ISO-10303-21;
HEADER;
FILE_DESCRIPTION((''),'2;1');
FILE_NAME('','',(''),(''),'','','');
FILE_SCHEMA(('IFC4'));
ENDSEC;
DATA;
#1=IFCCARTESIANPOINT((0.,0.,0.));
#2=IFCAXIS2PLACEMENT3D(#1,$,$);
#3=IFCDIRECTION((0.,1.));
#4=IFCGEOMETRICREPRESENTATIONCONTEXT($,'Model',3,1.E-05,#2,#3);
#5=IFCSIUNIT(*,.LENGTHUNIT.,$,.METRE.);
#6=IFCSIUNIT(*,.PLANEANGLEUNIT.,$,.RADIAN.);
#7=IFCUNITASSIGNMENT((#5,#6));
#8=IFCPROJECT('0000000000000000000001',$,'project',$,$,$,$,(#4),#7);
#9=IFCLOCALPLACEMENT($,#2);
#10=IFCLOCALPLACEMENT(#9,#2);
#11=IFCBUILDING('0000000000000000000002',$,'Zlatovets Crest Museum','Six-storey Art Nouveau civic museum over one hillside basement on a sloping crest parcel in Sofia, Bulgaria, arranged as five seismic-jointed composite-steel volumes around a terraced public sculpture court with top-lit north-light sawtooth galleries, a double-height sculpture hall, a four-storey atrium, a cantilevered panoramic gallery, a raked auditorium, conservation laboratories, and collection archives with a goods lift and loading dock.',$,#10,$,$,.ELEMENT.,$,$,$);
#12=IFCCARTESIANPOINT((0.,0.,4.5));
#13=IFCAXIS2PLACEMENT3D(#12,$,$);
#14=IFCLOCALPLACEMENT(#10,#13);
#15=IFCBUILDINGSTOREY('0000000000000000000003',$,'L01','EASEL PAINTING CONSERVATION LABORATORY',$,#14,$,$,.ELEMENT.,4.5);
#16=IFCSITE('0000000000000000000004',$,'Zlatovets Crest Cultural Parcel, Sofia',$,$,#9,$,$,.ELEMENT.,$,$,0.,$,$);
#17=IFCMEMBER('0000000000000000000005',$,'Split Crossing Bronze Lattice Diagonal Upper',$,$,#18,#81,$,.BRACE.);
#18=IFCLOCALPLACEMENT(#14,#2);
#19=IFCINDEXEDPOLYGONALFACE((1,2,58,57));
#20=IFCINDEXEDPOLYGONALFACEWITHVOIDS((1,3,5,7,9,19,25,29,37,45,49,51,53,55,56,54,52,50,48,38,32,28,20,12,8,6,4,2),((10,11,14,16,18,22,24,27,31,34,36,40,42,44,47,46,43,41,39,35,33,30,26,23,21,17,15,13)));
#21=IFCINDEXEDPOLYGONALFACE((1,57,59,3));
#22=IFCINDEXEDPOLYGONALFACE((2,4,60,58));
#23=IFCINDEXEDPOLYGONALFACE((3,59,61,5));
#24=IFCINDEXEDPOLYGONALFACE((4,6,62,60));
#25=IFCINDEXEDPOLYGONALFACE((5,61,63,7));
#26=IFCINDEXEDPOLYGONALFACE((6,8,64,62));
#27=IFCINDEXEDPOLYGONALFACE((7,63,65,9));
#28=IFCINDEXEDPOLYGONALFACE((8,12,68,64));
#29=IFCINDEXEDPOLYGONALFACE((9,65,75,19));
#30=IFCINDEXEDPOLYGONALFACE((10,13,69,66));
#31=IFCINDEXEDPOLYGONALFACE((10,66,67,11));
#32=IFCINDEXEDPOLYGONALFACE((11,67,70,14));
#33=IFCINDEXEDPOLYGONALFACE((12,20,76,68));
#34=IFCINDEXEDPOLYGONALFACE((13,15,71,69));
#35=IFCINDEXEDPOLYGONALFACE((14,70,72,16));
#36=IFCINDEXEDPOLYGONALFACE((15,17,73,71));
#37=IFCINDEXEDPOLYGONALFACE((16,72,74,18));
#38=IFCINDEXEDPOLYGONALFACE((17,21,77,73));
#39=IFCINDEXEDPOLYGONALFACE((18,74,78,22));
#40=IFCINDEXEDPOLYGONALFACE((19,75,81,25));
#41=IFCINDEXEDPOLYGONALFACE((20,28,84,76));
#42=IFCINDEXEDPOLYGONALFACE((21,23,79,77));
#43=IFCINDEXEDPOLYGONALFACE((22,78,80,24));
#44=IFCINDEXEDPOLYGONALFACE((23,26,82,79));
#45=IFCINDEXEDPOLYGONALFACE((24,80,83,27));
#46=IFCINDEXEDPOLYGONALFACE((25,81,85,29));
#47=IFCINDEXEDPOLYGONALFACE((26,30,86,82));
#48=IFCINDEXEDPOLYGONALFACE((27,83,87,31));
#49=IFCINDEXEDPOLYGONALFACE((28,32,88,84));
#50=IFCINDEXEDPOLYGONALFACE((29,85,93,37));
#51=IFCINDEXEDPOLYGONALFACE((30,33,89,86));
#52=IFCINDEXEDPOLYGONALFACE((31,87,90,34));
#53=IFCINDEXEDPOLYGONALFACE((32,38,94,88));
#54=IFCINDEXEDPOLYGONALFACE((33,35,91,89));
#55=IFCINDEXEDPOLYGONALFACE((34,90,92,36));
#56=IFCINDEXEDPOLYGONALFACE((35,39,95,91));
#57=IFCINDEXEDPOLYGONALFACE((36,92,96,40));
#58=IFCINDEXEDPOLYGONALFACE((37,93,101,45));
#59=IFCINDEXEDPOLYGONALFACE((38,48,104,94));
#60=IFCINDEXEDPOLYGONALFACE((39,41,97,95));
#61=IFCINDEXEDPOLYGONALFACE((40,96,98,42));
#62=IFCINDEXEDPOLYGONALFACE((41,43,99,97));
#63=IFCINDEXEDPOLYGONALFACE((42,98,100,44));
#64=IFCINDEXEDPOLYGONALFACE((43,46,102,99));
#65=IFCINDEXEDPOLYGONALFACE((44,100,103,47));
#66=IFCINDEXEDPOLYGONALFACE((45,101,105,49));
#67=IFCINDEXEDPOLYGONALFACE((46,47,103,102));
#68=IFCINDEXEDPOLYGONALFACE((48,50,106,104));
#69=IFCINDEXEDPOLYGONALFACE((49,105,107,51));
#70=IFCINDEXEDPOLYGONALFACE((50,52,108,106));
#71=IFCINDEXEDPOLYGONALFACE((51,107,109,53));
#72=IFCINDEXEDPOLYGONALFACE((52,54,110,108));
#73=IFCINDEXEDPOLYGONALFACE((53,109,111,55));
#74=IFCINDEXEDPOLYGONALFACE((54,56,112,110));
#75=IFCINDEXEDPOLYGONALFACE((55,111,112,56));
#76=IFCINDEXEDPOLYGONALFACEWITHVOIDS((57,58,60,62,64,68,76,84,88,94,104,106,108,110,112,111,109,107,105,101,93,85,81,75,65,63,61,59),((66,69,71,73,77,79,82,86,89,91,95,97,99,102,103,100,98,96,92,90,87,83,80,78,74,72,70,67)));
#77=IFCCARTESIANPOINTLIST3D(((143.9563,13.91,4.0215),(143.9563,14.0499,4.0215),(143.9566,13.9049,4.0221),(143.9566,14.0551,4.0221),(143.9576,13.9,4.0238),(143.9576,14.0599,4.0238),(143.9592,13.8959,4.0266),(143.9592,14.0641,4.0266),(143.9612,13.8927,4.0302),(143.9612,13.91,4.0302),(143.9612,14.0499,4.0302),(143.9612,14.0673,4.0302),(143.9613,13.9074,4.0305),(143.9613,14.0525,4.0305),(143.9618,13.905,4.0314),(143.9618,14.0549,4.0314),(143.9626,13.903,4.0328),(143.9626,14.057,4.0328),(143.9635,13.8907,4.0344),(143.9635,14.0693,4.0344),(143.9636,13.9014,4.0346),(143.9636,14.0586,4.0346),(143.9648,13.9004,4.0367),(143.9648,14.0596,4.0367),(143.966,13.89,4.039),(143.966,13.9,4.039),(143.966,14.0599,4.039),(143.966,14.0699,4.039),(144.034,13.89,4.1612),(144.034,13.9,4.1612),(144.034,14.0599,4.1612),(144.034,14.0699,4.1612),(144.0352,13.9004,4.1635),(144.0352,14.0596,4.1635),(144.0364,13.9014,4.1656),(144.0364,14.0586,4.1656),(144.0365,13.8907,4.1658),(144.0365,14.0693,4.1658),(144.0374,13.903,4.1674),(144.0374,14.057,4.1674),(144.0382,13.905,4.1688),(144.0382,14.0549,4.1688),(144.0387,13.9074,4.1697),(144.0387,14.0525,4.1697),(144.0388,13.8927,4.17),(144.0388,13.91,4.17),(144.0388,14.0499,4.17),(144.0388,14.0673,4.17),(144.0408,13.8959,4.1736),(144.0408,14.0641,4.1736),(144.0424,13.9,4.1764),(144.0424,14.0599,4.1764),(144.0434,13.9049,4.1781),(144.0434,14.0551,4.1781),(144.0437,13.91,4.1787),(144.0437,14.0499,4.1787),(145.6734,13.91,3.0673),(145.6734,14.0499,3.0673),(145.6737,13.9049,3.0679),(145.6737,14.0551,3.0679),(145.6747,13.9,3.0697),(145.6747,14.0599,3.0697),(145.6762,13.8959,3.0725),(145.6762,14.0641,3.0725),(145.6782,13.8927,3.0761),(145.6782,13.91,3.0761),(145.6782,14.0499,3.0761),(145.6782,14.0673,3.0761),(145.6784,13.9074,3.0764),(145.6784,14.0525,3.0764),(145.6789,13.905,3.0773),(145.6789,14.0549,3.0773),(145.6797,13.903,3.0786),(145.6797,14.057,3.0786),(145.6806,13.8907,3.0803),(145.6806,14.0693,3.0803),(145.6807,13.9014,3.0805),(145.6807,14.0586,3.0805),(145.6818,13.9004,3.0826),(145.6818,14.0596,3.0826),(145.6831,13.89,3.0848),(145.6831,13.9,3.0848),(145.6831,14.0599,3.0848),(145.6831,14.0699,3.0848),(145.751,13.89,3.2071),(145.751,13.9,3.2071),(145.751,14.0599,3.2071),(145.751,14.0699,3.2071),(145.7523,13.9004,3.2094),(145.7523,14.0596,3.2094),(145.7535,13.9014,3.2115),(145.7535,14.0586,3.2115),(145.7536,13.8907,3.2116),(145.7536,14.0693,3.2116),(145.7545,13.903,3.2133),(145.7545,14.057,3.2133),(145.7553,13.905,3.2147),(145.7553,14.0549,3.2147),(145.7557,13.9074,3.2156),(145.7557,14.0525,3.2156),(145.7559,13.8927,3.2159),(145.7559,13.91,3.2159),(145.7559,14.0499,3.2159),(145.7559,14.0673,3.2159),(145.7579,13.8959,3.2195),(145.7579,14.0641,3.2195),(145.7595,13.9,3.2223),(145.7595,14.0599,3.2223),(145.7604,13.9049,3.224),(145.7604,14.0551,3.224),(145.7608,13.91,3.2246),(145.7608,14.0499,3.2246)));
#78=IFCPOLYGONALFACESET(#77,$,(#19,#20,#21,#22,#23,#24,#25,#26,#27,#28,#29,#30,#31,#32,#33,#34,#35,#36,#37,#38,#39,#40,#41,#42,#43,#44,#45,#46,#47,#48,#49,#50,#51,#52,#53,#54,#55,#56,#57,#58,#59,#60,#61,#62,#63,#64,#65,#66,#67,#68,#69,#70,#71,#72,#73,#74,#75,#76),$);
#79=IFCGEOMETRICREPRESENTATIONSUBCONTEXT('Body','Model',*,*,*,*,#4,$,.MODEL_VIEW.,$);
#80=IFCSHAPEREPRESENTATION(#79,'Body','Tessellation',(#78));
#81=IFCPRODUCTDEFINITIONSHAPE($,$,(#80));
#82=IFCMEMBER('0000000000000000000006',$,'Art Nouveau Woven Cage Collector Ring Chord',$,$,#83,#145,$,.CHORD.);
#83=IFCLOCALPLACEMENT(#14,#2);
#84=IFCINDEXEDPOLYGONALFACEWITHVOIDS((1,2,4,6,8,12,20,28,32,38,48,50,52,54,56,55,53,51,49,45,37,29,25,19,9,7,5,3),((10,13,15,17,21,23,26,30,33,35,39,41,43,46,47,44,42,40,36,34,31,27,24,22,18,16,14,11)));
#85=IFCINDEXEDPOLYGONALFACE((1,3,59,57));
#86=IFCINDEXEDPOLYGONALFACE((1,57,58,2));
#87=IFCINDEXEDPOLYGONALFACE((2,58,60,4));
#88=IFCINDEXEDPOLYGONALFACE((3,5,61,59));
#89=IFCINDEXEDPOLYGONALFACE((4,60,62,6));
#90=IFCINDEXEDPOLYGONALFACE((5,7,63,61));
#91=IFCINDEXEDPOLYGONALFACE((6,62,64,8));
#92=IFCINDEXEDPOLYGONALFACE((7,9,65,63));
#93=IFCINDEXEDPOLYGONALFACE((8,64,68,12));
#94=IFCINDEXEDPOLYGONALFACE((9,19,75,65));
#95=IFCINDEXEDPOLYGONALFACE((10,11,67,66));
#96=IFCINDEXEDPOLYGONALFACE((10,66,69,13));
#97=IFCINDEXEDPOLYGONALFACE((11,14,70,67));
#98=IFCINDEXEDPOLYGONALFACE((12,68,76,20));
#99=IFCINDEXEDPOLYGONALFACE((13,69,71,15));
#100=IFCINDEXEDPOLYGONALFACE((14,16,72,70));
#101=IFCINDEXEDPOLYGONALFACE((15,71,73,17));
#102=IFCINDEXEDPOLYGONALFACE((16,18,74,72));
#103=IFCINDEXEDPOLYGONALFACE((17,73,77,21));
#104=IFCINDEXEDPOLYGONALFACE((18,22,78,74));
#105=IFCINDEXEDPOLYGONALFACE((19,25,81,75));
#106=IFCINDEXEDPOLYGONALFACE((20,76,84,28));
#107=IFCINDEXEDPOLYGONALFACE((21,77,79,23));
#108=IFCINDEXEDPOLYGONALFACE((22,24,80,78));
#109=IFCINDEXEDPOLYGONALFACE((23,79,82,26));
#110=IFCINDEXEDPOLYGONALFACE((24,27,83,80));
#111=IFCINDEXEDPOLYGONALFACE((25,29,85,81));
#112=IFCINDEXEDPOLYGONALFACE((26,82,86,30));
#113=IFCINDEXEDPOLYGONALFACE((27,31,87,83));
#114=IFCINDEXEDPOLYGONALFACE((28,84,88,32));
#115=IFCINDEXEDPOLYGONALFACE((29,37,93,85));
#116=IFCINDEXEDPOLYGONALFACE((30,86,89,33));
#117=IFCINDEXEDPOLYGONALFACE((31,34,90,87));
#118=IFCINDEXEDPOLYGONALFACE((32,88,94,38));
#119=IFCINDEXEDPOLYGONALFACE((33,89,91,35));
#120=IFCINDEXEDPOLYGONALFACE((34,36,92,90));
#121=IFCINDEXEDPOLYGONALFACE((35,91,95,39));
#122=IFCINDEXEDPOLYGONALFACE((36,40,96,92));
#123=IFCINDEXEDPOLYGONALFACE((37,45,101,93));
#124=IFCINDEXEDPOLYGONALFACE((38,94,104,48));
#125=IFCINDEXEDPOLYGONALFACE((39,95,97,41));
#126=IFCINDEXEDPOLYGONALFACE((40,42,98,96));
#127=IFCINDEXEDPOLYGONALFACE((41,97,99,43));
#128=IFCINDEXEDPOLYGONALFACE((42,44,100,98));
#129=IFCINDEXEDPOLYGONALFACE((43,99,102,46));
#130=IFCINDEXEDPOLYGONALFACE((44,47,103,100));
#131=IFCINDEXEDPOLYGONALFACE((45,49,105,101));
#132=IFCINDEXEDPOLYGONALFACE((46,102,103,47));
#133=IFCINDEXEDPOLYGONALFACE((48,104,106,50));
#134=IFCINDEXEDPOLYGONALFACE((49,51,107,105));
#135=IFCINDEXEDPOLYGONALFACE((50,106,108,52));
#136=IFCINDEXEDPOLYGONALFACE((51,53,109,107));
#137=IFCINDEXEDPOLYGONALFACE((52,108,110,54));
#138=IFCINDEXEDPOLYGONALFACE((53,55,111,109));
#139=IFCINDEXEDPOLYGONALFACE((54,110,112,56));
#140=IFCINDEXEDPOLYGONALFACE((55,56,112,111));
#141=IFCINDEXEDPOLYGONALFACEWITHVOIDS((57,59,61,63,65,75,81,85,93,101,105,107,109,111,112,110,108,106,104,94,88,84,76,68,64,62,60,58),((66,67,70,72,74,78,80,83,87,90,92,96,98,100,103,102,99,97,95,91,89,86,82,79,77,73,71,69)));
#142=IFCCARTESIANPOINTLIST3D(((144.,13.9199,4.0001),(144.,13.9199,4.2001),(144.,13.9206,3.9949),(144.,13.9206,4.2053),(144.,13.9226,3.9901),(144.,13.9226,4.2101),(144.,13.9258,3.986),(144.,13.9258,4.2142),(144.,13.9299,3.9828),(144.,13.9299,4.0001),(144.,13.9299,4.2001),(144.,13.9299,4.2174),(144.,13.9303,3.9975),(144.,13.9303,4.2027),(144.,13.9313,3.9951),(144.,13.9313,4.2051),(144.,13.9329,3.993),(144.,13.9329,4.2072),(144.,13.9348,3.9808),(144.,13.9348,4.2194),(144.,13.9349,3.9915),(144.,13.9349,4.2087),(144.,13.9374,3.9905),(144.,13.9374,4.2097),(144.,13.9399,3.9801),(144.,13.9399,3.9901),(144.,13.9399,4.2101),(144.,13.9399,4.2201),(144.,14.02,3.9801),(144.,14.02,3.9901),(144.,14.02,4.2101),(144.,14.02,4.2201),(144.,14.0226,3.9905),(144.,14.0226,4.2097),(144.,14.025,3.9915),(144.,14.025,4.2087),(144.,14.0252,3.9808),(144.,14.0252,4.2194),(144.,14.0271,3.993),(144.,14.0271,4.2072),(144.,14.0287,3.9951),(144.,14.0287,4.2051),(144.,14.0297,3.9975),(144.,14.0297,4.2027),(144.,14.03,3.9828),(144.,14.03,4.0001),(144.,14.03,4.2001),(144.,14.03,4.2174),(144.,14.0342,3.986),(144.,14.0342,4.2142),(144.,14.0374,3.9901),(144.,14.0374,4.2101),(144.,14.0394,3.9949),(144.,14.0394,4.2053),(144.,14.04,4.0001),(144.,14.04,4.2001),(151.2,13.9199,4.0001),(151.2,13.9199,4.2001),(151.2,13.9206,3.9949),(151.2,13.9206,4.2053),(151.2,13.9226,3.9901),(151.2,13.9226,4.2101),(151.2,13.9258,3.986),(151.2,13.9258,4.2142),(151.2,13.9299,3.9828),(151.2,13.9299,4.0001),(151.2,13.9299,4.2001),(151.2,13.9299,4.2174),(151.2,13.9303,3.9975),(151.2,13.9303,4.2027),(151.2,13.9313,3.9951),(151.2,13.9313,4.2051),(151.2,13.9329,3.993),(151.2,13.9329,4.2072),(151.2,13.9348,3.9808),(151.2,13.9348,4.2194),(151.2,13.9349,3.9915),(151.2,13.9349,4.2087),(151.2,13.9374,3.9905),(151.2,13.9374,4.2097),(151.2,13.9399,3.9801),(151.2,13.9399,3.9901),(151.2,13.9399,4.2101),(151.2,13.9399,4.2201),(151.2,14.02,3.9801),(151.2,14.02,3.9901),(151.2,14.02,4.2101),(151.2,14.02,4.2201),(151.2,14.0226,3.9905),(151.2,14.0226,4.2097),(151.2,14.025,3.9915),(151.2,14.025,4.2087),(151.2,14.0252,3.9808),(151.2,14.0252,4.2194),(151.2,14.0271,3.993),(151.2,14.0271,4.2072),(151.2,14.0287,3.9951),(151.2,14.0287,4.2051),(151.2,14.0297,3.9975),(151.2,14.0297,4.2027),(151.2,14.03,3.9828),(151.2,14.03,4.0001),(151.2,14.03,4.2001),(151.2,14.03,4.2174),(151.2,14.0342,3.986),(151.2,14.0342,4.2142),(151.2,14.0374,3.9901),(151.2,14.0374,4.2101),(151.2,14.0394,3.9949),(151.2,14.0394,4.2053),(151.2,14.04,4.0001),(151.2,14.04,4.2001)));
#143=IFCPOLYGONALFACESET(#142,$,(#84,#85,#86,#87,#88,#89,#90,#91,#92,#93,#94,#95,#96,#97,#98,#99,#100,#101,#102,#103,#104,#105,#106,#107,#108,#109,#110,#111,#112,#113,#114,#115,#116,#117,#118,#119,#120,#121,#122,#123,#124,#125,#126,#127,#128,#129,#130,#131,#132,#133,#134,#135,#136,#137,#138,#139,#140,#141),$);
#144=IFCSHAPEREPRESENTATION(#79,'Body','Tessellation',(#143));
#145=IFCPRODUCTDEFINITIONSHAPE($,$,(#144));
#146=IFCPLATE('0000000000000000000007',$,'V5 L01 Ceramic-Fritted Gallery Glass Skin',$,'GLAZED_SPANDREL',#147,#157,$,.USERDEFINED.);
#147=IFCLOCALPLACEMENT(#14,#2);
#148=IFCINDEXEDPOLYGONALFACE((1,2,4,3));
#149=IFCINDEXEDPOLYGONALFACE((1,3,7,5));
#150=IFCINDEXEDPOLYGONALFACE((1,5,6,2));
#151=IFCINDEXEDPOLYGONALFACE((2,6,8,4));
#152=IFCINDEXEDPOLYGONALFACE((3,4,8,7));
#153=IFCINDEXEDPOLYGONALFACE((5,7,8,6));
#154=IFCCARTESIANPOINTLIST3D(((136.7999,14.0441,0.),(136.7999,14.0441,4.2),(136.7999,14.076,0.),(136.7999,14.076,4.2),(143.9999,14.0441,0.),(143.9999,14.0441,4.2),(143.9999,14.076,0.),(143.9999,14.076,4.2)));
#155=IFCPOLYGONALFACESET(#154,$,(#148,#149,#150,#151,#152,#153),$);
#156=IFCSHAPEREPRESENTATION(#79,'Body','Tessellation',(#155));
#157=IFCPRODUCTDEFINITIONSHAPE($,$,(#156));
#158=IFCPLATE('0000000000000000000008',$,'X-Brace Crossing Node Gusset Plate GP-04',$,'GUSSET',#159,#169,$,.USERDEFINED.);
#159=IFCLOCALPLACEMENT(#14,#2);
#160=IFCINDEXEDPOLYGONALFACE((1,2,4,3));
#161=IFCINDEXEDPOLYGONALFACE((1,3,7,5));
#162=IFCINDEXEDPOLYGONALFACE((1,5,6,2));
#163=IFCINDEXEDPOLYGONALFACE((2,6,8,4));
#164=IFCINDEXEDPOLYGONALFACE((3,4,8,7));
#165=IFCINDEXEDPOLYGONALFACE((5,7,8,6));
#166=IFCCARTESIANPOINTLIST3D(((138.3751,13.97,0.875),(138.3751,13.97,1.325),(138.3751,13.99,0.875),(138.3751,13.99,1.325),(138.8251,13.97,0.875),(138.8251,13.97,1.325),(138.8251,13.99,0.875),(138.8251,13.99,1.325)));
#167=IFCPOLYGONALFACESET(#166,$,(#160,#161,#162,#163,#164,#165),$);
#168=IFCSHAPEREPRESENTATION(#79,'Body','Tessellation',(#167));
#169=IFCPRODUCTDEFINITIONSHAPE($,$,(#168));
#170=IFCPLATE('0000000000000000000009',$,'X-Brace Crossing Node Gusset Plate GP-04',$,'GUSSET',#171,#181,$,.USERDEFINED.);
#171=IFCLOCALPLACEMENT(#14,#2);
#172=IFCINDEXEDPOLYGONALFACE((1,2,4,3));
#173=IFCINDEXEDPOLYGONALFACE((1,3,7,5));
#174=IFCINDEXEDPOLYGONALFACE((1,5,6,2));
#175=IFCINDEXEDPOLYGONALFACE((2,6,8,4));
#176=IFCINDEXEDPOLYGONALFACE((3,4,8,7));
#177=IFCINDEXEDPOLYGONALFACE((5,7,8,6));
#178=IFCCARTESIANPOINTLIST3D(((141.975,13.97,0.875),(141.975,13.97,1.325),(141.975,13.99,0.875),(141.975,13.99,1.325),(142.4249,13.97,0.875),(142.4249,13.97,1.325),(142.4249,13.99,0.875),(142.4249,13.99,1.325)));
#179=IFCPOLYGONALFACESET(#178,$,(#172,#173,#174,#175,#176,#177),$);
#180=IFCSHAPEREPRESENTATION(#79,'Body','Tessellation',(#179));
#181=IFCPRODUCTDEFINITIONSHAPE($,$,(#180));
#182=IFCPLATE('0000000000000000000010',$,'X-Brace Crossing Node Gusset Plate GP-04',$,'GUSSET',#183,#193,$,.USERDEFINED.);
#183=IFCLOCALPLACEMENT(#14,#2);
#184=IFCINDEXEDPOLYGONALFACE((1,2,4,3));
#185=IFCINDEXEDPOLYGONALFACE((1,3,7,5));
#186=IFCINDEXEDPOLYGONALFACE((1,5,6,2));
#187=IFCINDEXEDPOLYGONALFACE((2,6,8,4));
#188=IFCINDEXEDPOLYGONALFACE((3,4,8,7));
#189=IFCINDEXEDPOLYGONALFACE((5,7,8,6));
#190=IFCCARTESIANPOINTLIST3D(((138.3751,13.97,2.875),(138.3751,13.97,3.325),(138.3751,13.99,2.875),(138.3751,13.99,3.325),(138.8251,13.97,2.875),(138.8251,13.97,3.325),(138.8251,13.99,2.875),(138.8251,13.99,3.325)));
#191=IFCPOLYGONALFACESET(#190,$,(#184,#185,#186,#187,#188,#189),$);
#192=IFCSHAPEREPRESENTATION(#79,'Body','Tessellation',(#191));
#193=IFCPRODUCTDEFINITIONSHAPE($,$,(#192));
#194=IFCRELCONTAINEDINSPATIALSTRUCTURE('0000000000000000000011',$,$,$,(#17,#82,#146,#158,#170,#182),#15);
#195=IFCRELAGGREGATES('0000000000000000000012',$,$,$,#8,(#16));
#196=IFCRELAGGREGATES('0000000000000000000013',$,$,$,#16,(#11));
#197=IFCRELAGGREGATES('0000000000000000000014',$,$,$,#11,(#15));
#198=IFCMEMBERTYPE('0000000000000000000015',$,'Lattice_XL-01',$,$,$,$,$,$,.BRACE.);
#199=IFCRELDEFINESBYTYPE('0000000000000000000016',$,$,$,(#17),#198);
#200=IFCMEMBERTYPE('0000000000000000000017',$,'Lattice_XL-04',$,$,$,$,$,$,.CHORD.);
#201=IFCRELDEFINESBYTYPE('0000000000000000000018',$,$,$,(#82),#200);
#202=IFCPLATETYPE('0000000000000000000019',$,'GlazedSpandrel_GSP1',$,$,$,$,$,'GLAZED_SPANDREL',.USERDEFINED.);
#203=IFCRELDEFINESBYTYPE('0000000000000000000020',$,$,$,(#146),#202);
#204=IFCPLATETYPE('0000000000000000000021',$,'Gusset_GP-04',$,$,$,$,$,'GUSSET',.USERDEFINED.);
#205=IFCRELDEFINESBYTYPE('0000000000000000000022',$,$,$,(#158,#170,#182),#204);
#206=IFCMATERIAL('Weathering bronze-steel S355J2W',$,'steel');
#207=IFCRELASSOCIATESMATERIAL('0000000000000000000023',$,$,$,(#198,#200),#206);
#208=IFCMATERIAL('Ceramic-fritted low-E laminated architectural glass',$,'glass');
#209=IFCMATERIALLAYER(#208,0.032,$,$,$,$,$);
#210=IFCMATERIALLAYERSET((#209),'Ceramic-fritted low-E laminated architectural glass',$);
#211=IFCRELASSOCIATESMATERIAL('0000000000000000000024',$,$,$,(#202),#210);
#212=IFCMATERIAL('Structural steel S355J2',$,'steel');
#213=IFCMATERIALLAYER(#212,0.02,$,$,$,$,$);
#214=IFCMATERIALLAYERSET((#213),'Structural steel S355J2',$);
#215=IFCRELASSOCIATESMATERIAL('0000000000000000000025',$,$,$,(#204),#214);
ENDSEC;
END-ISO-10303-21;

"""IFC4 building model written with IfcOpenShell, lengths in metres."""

from ifc_helpers import new_model, si_unit, direction, frame, origin, origin_2d, place, context, subcontext, project, spatial, rectangle, hollow_rectangle, extrude, material, layer, layer_set, material_profile, profile_set, type_object, element, save


model = new_model("IFC4")

# Units and contexts
model_context = context("Model", 3, precision=1e-05, world=origin(), true_north=direction((0.0, 1.0)))
body_context = subcontext(model_context, "Body", "Model", "MODEL_VIEW")
ifc_project = project(units=[si_unit("LENGTHUNIT", "METRE"), si_unit("PLANEANGLEUNIT", "RADIAN")], contexts=[model_context])

# Site, building, storey
site_placement = place(None, origin())
site = spatial("IfcSite", under=ifc_project, at=site_placement, Name="Zlatovets Crest Cultural Parcel, Sofia", CompositionType="ELEMENT", RefElevation=0.0)
building_placement = place(site_placement, origin())
building = spatial("IfcBuilding", under=site, at=building_placement, Name="Zlatovets Crest Museum", Description="Six-storey Art Nouveau civic museum over one hillside basement on a sloping crest parcel in Sofia, Bulgaria, arranged as five seismic-jointed composite-steel volumes around a terraced public sculpture court with top-lit north-light sawtooth galleries, a double-height sculpture hall, a four-storey atrium, a cantilevered panoramic gallery, a raked auditorium, conservation laboratories, and collection archives with a goods lift and loading dock.", CompositionType="ELEMENT")
storey_placement = place(building_placement, frame((0.0, 0.0, 4.5)))
storey = spatial("IfcBuildingStorey", under=building, at=storey_placement, Name="L01", Description="EASEL PAINTING CONSERVATION LABORATORY", CompositionType="ELEMENT", Elevation=4.5)

# Shared definitions
ifc_material_1 = material(Name="Structural steel S355J2", Category="steel")

# Members
ifc_material_2 = material(Name="Weathering bronze-steel S355J2W", Category="steel")
ifc_material_profile_1 = material_profile(ifc_material_2, hollow_rectangle(XDim=0.1799, YDim=0.1799, WallThickness=0.01, InnerFilletRadius=0.01, OuterFilletRadius=0.02, at=origin_2d()), Name="SHS 180x180x10.0")
ifc_profile_set_1 = profile_set([ifc_material_profile_1], Name="Weathering bronze-steel S355J2W")
member_type_1 = type_object("IfcMemberType", Name="Lattice_XL-01", PredefinedType="BRACE", material=ifc_profile_set_1)
member_1_placement = place(storey_placement, frame((144.0, 13.98, 4.1001), z_axis=(0.874116, 0.0, -0.485717), x_axis=(0.0, 1.0, 0.0)))
element("IfcMember", 1, at=member_1_placement, inside=storey, type_object=member_type_1, Name="Split Crossing Bronze Lattice Diagonal Upper", PredefinedType="BRACE", context=body_context, shape_type="SweptSolid", body=[
    extrude(hollow_rectangle(XDim=0.1799, YDim=0.1799, WallThickness=0.01, InnerFilletRadius=0.01, OuterFilletRadius=0.02, at=origin_2d()), origin(), (0.0, 0.0, 1.0), 1.9644),
])
ifc_material_profile_2 = material_profile(ifc_material_2, hollow_rectangle(XDim=0.1201, YDim=0.24, WallThickness=0.01, InnerFilletRadius=0.01, OuterFilletRadius=0.02, at=origin_2d()), Name="RHS 120x240x10.0")
ifc_profile_set_2 = profile_set([ifc_material_profile_2], Name="Weathering bronze-steel S355J2W")
member_type_2 = type_object("IfcMemberType", Name="Lattice_XL-04", PredefinedType="CHORD", material=ifc_profile_set_2)
member_2_placement = place(storey_placement, frame((144.0, 13.98, 4.1001), z_axis=(1.0, 0.0, 0.0), x_axis=(0.0, 1.0, 0.0)))
element("IfcMember", 2, at=member_2_placement, inside=storey, type_object=member_type_2, Name="Art Nouveau Woven Cage Collector Ring Chord", PredefinedType="CHORD", context=body_context, shape_type="SweptSolid", body=[
    extrude(hollow_rectangle(XDim=0.1201, YDim=0.24, WallThickness=0.01, InnerFilletRadius=0.01, OuterFilletRadius=0.02, at=origin_2d()), origin(), (0.0, 0.0, 1.0), 7.2),
])

# Plates
ifc_material_3 = material(Name="Ceramic-fritted low-E laminated architectural glass", Category="glass")
ifc_layer_1 = layer(ifc_material_3, 0.032)
ifc_layer_set_1 = layer_set([ifc_layer_1], Name="Ceramic-fritted low-E laminated architectural glass")
plate_type_1 = type_object("IfcPlateType", Name="GlazedSpandrel_GSP1", ElementType="GLAZED_SPANDREL", PredefinedType="USERDEFINED", material=ifc_layer_set_1)
plate_placement = place(storey_placement, frame((140.3999, 14.0601, 0.0), z_axis=(0.0, 0.0, 1.0), x_axis=(1.0, 0.0, 0.0)))
element("IfcPlate", 3, at=plate_placement, inside=storey, type_object=plate_type_1, Name="V5 L01 Ceramic-Fritted Gallery Glass Skin", ObjectType="GLAZED_SPANDREL", PredefinedType="USERDEFINED", context=body_context, shape_type="SweptSolid", body=[
    extrude(rectangle(XDim=7.2, YDim=0.032, at=origin_2d()), origin(), (0.0, 0.0, 1.0), 4.2),
])
ifc_layer_2 = layer(ifc_material_1, 0.02)
ifc_layer_set_2 = layer_set([ifc_layer_2], Name="Structural steel S355J2")
plate_type_2 = type_object("IfcPlateType", Name="Gusset_GP-04", ElementType="GUSSET", PredefinedType="USERDEFINED", material=ifc_layer_set_2)
for number, where, z_axis, x_axis, name in (
    (4, (138.6001, 13.98, 0.875), (0.0, 0.0, 1.0), (1.0, 0.0, 0.0), "X-Brace Crossing Node Gusset Plate GP-04"),
    (5, (142.2, 13.98, 0.875), (0.0, 0.0, 1.0), (1.0, 0.0, 0.0), "X-Brace Crossing Node Gusset Plate GP-04"),
    (6, (138.6001, 13.98, 2.875), (0.0, 0.0, 1.0), (1.0, 0.0, 0.0), "X-Brace Crossing Node Gusset Plate GP-04"),
):
    element("IfcPlate", number, at=place(storey_placement, frame(where, z_axis=z_axis, x_axis=x_axis)), inside=storey, type_object=plate_type_2, Name=name, ObjectType="GUSSET", PredefinedType="USERDEFINED", context=body_context, shape_type="SweptSolid", body=[
        extrude(rectangle(XDim=0.45, YDim=0.02, at=origin_2d()), origin(), (0.0, 0.0, 1.0), 0.45),
    ])

save(model, "model.ifc")
